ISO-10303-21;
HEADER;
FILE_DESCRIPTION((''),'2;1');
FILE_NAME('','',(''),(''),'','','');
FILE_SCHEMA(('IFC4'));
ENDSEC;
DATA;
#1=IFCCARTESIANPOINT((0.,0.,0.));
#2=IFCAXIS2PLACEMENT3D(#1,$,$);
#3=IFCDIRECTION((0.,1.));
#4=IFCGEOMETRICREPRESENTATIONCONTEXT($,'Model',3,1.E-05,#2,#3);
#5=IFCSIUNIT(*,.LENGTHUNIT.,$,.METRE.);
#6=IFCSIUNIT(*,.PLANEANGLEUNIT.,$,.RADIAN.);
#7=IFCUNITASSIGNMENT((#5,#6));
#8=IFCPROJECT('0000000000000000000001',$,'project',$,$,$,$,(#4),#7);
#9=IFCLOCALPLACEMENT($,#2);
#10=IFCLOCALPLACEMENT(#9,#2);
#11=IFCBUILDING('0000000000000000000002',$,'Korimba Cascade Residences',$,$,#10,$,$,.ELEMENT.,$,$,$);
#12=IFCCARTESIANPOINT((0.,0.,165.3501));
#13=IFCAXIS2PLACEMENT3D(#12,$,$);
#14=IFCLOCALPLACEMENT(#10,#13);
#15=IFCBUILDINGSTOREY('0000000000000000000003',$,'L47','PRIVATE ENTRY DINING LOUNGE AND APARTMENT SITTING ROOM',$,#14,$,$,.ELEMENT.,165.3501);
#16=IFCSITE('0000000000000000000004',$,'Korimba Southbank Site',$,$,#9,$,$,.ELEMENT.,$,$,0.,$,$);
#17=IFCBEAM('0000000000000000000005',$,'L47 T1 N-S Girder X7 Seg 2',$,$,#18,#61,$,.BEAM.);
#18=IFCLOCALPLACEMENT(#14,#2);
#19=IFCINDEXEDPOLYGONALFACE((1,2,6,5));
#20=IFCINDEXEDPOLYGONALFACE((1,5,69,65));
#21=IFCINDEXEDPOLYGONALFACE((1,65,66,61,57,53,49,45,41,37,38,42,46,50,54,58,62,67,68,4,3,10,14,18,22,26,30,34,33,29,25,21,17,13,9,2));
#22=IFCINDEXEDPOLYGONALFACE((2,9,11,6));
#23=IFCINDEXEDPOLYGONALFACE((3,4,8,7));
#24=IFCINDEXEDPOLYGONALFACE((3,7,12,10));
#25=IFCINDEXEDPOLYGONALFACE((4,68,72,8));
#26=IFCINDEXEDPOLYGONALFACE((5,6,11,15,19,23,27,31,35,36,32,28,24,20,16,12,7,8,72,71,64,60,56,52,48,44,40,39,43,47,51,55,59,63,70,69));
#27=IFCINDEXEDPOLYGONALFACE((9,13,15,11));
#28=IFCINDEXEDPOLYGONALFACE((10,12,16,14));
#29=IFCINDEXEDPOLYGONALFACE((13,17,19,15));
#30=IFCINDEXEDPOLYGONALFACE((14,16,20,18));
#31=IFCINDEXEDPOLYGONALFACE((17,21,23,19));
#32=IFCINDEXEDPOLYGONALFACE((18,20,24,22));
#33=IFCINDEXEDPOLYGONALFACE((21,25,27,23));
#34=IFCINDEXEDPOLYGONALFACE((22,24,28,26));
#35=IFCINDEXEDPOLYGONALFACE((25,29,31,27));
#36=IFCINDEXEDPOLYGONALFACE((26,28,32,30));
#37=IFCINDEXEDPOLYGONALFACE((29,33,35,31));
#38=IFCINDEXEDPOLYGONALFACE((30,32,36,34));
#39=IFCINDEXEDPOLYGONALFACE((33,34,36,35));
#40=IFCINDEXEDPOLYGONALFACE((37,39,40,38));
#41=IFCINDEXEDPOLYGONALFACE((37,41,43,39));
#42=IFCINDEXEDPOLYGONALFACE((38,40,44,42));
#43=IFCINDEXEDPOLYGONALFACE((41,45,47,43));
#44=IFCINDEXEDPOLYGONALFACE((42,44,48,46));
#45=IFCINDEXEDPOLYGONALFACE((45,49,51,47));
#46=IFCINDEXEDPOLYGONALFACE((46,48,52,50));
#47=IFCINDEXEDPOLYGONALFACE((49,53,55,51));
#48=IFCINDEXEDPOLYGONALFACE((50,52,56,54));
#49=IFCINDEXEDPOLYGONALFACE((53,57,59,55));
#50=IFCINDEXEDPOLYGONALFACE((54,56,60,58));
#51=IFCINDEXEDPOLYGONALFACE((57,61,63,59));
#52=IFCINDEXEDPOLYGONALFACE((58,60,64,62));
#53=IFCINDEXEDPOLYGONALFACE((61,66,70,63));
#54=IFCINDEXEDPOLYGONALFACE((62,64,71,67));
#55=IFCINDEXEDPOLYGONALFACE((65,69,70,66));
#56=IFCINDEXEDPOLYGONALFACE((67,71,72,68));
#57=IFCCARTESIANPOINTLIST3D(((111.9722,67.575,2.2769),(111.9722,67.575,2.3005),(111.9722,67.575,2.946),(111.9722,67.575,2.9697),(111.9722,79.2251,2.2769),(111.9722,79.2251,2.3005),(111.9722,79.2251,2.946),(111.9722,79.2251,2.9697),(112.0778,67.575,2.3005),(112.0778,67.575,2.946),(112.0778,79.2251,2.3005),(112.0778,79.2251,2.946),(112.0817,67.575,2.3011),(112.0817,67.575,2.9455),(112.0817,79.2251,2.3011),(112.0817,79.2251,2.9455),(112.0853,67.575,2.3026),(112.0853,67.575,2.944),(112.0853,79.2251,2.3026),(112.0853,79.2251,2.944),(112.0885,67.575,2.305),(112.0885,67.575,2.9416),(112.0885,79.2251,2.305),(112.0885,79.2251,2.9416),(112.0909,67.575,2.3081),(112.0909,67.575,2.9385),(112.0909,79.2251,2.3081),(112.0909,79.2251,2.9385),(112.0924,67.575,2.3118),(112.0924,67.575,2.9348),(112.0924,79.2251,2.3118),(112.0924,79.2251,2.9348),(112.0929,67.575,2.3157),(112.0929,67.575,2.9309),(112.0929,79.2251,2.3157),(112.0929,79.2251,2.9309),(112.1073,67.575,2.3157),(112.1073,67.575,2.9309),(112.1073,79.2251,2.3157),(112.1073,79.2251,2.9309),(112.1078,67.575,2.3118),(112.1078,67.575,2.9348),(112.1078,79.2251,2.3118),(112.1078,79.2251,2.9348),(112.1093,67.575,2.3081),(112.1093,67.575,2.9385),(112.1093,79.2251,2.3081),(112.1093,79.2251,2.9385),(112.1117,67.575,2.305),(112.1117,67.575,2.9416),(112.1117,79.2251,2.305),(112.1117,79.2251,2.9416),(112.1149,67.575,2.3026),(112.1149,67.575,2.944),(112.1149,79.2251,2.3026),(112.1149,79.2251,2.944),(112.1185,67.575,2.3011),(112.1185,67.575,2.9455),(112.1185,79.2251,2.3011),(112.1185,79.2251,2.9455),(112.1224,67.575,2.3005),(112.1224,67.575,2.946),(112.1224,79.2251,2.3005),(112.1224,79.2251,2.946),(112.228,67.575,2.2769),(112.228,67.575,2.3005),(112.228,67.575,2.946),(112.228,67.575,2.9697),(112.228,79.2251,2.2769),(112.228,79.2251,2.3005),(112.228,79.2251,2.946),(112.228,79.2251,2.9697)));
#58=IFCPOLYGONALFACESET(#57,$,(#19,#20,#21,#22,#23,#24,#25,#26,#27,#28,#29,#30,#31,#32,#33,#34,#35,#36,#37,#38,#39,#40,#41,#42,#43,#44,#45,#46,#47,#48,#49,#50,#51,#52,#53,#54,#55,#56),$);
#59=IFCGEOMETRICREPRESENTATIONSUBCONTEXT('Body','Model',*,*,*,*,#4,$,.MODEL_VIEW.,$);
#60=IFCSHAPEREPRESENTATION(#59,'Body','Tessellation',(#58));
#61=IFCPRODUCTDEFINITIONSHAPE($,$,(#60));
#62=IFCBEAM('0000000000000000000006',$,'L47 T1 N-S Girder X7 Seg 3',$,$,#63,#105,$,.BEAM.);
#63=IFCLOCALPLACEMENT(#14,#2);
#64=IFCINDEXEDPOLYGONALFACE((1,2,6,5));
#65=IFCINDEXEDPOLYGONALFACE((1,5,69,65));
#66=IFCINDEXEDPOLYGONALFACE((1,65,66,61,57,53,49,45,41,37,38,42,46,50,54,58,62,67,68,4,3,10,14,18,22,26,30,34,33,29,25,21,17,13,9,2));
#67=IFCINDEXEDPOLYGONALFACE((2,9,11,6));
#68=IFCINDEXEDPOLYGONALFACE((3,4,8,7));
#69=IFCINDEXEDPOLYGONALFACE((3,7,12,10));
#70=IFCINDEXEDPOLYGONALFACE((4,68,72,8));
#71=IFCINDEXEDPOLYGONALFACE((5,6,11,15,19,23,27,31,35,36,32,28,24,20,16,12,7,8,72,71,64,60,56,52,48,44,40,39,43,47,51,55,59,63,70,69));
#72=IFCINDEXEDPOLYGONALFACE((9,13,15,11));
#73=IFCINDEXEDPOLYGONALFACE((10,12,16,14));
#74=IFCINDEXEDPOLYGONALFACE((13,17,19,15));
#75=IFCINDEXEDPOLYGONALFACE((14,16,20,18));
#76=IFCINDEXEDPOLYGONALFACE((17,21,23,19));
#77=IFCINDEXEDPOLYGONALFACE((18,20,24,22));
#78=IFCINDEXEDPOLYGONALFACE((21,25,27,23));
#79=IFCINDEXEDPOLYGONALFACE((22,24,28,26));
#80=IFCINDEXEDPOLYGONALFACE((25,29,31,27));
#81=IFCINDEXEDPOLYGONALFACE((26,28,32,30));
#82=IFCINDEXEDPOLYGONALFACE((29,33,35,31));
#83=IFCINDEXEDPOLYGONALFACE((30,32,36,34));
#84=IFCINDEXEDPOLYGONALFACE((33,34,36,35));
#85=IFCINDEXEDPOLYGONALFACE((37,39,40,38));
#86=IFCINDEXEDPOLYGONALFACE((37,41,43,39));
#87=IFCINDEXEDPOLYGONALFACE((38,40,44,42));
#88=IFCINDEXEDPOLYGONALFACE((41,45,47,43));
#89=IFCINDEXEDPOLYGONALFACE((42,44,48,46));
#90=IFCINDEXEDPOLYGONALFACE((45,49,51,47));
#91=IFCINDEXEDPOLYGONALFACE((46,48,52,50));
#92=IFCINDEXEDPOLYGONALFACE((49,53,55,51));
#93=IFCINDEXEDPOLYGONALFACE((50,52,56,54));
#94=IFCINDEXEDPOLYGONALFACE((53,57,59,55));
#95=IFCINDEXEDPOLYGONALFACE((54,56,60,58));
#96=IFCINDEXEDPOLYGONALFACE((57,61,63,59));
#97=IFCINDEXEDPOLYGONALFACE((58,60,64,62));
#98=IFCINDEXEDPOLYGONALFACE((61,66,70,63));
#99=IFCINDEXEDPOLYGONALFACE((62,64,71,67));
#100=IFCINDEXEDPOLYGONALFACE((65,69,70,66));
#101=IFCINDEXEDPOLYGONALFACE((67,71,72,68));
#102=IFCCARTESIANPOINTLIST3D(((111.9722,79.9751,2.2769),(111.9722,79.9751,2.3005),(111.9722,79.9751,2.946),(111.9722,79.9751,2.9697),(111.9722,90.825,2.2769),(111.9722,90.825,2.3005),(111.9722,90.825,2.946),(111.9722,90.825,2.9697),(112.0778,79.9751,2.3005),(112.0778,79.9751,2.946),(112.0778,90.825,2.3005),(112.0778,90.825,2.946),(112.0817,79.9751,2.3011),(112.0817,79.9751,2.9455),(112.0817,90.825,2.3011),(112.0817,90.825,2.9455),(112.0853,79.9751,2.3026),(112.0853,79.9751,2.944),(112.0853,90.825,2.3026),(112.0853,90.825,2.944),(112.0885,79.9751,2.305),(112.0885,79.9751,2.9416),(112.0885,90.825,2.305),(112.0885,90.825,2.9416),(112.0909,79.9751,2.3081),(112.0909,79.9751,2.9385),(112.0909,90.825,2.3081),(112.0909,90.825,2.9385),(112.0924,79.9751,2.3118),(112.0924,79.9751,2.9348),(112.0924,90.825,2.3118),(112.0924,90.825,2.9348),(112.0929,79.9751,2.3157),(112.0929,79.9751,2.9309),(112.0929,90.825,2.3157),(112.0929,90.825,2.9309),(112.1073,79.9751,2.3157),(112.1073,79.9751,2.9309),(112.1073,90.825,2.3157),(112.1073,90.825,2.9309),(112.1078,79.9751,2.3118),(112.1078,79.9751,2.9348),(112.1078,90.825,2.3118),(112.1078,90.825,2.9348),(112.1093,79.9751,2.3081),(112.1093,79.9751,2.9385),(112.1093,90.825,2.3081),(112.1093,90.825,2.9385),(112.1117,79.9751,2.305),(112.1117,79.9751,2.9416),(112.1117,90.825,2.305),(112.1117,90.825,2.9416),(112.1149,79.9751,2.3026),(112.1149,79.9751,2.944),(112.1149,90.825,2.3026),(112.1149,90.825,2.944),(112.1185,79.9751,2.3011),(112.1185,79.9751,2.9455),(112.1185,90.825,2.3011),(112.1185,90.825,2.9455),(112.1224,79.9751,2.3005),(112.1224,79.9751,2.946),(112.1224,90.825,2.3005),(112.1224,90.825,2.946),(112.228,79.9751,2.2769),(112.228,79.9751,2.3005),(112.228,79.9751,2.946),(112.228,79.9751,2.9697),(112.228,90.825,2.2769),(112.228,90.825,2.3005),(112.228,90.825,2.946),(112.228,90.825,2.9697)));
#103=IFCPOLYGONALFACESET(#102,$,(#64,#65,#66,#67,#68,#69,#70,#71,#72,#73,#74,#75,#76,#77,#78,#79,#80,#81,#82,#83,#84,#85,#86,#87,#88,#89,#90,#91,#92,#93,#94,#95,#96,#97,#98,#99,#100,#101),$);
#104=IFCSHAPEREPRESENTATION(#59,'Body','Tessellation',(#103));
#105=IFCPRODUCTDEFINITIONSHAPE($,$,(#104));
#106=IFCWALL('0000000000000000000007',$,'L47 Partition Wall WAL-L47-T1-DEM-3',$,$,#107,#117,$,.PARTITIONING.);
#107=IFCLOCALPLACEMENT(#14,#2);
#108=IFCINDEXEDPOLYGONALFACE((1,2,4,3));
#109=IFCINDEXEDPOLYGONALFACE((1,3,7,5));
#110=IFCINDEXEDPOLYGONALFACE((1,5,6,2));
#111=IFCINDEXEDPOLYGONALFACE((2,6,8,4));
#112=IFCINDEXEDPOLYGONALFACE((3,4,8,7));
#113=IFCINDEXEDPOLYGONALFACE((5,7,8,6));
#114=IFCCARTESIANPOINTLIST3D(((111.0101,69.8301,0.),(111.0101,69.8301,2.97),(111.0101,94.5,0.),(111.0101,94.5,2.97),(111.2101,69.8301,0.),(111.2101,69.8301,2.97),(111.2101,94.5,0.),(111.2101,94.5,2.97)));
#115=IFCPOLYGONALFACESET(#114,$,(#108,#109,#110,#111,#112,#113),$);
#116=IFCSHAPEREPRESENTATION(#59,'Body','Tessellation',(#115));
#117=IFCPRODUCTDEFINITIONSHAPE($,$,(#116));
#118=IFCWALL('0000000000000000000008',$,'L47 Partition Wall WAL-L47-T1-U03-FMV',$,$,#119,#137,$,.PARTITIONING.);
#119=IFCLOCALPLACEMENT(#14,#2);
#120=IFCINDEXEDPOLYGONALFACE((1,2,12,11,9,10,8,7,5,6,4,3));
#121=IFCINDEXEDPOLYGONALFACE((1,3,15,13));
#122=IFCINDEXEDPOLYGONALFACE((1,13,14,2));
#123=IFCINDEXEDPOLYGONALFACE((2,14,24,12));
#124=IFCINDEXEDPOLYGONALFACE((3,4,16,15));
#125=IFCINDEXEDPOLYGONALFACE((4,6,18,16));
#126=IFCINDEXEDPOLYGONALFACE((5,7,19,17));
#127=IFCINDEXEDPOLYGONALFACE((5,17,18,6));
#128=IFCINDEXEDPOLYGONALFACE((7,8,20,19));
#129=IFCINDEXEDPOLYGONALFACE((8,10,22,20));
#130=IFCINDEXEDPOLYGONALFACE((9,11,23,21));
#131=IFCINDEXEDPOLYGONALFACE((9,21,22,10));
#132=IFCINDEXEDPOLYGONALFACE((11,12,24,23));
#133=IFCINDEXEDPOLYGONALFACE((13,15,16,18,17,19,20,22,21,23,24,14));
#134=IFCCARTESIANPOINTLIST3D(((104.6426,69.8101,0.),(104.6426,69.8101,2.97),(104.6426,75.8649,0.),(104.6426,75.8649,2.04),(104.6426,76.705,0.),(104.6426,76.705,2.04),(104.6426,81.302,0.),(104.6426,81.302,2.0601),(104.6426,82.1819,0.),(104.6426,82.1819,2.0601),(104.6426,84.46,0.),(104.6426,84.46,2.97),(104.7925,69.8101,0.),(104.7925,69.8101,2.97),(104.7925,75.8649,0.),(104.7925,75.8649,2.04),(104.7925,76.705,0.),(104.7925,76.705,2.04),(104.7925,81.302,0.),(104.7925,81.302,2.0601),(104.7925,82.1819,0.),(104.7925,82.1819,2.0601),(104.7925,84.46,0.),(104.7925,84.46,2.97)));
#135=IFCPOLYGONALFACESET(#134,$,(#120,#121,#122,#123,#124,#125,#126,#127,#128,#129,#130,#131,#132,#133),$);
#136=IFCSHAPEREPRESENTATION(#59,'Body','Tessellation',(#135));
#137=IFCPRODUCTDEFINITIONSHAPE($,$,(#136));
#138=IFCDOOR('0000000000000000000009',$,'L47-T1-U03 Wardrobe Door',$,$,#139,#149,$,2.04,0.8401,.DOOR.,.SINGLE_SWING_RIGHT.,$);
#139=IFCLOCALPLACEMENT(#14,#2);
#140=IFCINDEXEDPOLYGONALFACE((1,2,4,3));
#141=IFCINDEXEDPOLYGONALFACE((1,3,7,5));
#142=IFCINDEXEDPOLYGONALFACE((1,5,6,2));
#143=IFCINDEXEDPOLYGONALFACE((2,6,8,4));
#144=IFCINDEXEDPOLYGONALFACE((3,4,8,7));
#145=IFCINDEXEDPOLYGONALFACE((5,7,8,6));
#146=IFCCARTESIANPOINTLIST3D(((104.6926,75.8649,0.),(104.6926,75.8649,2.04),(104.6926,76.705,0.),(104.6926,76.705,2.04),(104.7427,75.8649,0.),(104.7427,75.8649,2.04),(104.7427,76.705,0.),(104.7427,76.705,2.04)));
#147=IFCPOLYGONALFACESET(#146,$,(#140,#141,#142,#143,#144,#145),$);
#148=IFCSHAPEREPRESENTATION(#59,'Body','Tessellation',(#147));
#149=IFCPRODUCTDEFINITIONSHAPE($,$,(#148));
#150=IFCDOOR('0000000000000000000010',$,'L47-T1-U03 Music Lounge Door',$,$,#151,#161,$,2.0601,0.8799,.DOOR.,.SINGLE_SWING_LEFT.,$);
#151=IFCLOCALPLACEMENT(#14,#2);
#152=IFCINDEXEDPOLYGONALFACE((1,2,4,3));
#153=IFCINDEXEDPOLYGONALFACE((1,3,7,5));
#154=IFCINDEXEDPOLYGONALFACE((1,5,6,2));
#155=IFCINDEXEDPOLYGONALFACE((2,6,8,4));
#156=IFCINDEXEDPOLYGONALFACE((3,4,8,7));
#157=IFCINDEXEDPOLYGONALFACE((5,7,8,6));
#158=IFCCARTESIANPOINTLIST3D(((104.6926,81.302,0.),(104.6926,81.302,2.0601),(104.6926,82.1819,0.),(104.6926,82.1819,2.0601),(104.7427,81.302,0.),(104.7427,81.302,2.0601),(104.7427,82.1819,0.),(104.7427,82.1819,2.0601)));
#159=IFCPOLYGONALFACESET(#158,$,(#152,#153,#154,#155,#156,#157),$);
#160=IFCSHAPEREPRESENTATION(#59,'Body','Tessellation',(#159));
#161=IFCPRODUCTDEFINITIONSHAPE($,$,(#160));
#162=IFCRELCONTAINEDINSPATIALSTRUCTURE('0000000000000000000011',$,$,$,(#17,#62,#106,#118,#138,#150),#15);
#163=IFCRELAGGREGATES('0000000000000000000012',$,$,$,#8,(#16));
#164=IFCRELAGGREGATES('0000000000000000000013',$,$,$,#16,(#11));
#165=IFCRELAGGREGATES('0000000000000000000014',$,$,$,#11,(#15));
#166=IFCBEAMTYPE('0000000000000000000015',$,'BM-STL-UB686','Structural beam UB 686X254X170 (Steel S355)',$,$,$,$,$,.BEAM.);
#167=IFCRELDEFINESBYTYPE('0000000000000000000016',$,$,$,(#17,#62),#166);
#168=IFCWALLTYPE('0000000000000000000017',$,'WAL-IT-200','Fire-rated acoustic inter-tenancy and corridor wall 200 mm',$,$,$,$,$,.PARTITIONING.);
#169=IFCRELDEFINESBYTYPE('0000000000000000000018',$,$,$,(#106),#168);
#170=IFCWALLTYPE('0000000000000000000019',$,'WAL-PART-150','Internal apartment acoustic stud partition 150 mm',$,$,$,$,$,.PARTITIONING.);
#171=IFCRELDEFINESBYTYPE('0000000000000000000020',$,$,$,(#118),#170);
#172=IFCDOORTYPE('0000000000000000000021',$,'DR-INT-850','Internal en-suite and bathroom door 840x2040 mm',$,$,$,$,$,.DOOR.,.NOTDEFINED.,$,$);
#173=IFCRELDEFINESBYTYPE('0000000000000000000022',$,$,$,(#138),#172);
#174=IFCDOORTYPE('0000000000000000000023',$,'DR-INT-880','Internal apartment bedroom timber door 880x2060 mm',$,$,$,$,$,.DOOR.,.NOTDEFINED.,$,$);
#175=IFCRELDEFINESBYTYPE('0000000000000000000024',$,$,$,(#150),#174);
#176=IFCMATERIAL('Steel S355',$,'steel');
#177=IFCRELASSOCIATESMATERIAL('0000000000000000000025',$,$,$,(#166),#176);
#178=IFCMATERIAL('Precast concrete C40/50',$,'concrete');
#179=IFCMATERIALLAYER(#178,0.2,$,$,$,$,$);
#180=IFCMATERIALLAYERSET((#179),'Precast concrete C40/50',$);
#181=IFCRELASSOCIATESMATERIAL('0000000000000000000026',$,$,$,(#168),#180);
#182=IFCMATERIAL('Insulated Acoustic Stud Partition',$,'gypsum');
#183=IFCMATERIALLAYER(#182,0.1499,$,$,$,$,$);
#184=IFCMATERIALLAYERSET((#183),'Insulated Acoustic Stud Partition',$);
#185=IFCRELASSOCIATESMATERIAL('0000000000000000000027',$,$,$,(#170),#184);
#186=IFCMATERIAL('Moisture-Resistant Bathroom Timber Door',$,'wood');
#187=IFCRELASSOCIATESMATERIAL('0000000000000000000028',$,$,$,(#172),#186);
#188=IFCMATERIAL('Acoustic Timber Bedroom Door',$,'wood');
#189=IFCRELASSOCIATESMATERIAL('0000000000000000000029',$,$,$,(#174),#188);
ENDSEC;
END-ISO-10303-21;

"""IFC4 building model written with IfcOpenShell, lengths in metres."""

from ifc_helpers import new_model, si_unit, direction, frame, frame_2d, origin, origin_2d, place, context, subcontext, project, spatial, rectangle, i_section, extrude, material, layer, layer_set, material_profile, profile_set, type_object, element, fill, save


model = new_model("IFC4")

# Units and contexts
model_context = context("Model", 3, precision=1e-05, world=origin(), true_north=direction((0.0, 1.0)))
body_context = subcontext(model_context, "Body", "Model", "MODEL_VIEW")
ifc_project = project(units=[si_unit("LENGTHUNIT", "METRE"), si_unit("PLANEANGLEUNIT", "RADIAN")], contexts=[model_context])

# Site, building, storey
site_placement = place(None, origin())
site = spatial("IfcSite", under=ifc_project, at=site_placement, Name="Korimba Southbank Site", CompositionType="ELEMENT", RefElevation=0.0)
building_placement = place(site_placement, origin())
building = spatial("IfcBuilding", under=site, at=building_placement, Name="Korimba Cascade Residences", CompositionType="ELEMENT")
storey_placement = place(building_placement, frame((0.0, 0.0, 165.3501)))
storey = spatial("IfcBuildingStorey", under=building, at=storey_placement, Name="L47", Description="PRIVATE ENTRY DINING LOUNGE AND APARTMENT SITTING ROOM", CompositionType="ELEMENT", Elevation=165.3501)

# Beams
ifc_material_1 = material(Name="Steel S355", Category="steel")
ifc_material_profile_1 = material_profile(ifc_material_1, i_section(OverallWidth=0.2559, OverallDepth=0.6929, WebThickness=0.0144, FlangeThickness=0.0237, FilletRadius=0.0151, at=origin_2d()), Name="Steel S355")
ifc_profile_set_1 = profile_set([ifc_material_profile_1], Name="Steel S355")
beam_type_1 = type_object("IfcBeamType", Name="BM-STL-UB686", Description="Structural beam UB 686X254X170 (Steel S355)", PredefinedType="BEAM", material=ifc_profile_set_1)
beam_1_placement = place(storey_placement, frame((112.1001, 67.575, 2.6233), z_axis=(0.0, 1.0, 0.0), x_axis=(-1.0, 0.0, 0.0)))
element("IfcBeam", 1, at=beam_1_placement, inside=storey, type_object=beam_type_1, Name="L47 T1 N-S Girder X7 Seg 2", PredefinedType="BEAM", context=body_context, shape_type="SweptSolid", body=[
    extrude(i_section(OverallWidth=0.2559, OverallDepth=0.6929, WebThickness=0.0144, FlangeThickness=0.0237, FilletRadius=0.0151, at=origin_2d()), origin(), (0.0, 0.0, 1.0), 11.6501),
])
beam_2_placement = place(storey_placement, frame((112.1001, 79.9751, 2.6233), z_axis=(0.0, 1.0, 0.0), x_axis=(-1.0, 0.0, 0.0)))
element("IfcBeam", 2, at=beam_2_placement, inside=storey, type_object=beam_type_1, Name="L47 T1 N-S Girder X7 Seg 3", PredefinedType="BEAM", context=body_context, shape_type="SweptSolid", body=[
    extrude(i_section(OverallWidth=0.2559, OverallDepth=0.6929, WebThickness=0.0144, FlangeThickness=0.0237, FilletRadius=0.0151, at=origin_2d()), origin(), (0.0, 0.0, 1.0), 10.8499),
])

# Wall
ifc_material_2 = material(Name="Precast concrete C40/50", Category="concrete")
ifc_layer_1 = layer(ifc_material_2, 0.2)
ifc_layer_set_1 = layer_set([ifc_layer_1], Name="Precast concrete C40/50")
wall_type_1 = type_object("IfcWallType", Name="WAL-IT-200", Description="Fire-rated acoustic inter-tenancy and corridor wall 200 mm", PredefinedType="PARTITIONING", material=ifc_layer_set_1)
wall_1_placement = place(storey_placement, frame((111.1101, 69.8301, 0.0), z_axis=(0.0, 0.0, 1.0), x_axis=(0.0, 1.0, 0.0)))
element("IfcWall", 3, at=wall_1_placement, inside=storey, type_object=wall_type_1, Name="L47 Partition Wall WAL-L47-T1-DEM-3", PredefinedType="PARTITIONING", context=body_context, shape_type="SweptSolid", body=[
    extrude(rectangle(XDim=24.6699, YDim=0.2, at=frame_2d((12.335, 0.0))), origin(), (0.0, 0.0, 1.0), 2.97),
])

# Wall, openings, doors
ifc_material_3 = material(Name="Insulated Acoustic Stud Partition", Category="gypsum")
ifc_layer_2 = layer(ifc_material_3, 0.1499)
ifc_layer_set_2 = layer_set([ifc_layer_2], Name="Insulated Acoustic Stud Partition")
wall_type_2 = type_object("IfcWallType", Name="WAL-PART-150", Description="Internal apartment acoustic stud partition 150 mm", PredefinedType="PARTITIONING", material=ifc_layer_set_2)
wall_2_placement = place(storey_placement, frame((104.7175, 69.8101, 0.0), z_axis=(0.0, 0.0, 1.0), x_axis=(0.0, 1.0, 0.0)))
wall_2 = element("IfcWall", 4, at=wall_2_placement, inside=storey, type_object=wall_type_2, Name="L47 Partition Wall WAL-L47-T1-U03-FMV", PredefinedType="PARTITIONING", context=body_context, shape_type="SweptSolid", body=[
    extrude(rectangle(XDim=14.6499, YDim=0.1499, at=frame_2d((7.325, 0.0))), origin(), (0.0, 0.0, 1.0), 2.97),
])
opening_1_placement = place(wall_2_placement, frame((6.0549, 0.0, 0.0)))
opening_1 = element("IfcOpeningElement", 5, at=opening_1_placement, cuts=wall_2, PredefinedType="OPENING", context=body_context, shape_type="SweptSolid", body=[
    extrude(rectangle(XDim=0.8401, YDim=2.04, at=frame_2d((0.4199, 1.02))), frame((0.0, 0.085, 0.0), z_axis=(0.0, -1.0, 0.0), x_axis=(1.0, 0.0, 0.0)), (0.0, 0.0, 1.0), 0.1699),
])
opening_2_placement = place(wall_2_placement, frame((11.4919, 0.0, 0.0)))
opening_2 = element("IfcOpeningElement", 6, at=opening_2_placement, cuts=wall_2, PredefinedType="OPENING", context=body_context, shape_type="SweptSolid", body=[
    extrude(rectangle(XDim=0.8799, YDim=2.0601, at=frame_2d((0.4399, 1.03))), frame((0.0, 0.085, 0.0), z_axis=(0.0, -1.0, 0.0), x_axis=(1.0, 0.0, 0.0)), (0.0, 0.0, 1.0), 0.1699),
])
ifc_material_4 = material(Name="Moisture-Resistant Bathroom Timber Door", Category="wood")
door_type_1 = type_object("IfcDoorType", Name="DR-INT-850", Description="Internal en-suite and bathroom door 840x2040 mm", OperationType="NOTDEFINED", PredefinedType="DOOR", material=ifc_material_4)
door_1_placement = place(opening_1_placement, origin())
door_1 = element("IfcDoor", 7, at=door_1_placement, inside=storey, type_object=door_type_1, Name="L47-T1-U03 Wardrobe Door", OperationType="SINGLE_SWING_RIGHT", OverallHeight=2.04, OverallWidth=0.8401, PredefinedType="DOOR", context=body_context, shape_type="SweptSolid", body=[
    extrude(rectangle(XDim=0.8401, YDim=2.04, at=frame_2d((0.4199, 1.02))), frame((0.0, 0.0249, 0.0), z_axis=(0.0, -1.0, 0.0), x_axis=(1.0, 0.0, 0.0)), (0.0, 0.0, 1.0), 0.05),
])
fill(opening_1, door_1)
ifc_material_5 = material(Name="Acoustic Timber Bedroom Door", Category="wood")
door_type_2 = type_object("IfcDoorType", Name="DR-INT-880", Description="Internal apartment bedroom timber door 880x2060 mm", OperationType="NOTDEFINED", PredefinedType="DOOR", material=ifc_material_5)
door_2_placement = place(opening_2_placement, origin())
door_2 = element("IfcDoor", 8, at=door_2_placement, inside=storey, type_object=door_type_2, Name="L47-T1-U03 Music Lounge Door", OperationType="SINGLE_SWING_LEFT", OverallHeight=2.0601, OverallWidth=0.8799, PredefinedType="DOOR", context=body_context, shape_type="SweptSolid", body=[
    extrude(rectangle(XDim=0.8799, YDim=2.0601, at=frame_2d((0.4399, 1.03))), frame((0.0, 0.0249, 0.0), z_axis=(0.0, -1.0, 0.0), x_axis=(1.0, 0.0, 0.0)), (0.0, 0.0, 1.0), 0.05),
])
fill(opening_2, door_2)

save(model, "model.ifc")
